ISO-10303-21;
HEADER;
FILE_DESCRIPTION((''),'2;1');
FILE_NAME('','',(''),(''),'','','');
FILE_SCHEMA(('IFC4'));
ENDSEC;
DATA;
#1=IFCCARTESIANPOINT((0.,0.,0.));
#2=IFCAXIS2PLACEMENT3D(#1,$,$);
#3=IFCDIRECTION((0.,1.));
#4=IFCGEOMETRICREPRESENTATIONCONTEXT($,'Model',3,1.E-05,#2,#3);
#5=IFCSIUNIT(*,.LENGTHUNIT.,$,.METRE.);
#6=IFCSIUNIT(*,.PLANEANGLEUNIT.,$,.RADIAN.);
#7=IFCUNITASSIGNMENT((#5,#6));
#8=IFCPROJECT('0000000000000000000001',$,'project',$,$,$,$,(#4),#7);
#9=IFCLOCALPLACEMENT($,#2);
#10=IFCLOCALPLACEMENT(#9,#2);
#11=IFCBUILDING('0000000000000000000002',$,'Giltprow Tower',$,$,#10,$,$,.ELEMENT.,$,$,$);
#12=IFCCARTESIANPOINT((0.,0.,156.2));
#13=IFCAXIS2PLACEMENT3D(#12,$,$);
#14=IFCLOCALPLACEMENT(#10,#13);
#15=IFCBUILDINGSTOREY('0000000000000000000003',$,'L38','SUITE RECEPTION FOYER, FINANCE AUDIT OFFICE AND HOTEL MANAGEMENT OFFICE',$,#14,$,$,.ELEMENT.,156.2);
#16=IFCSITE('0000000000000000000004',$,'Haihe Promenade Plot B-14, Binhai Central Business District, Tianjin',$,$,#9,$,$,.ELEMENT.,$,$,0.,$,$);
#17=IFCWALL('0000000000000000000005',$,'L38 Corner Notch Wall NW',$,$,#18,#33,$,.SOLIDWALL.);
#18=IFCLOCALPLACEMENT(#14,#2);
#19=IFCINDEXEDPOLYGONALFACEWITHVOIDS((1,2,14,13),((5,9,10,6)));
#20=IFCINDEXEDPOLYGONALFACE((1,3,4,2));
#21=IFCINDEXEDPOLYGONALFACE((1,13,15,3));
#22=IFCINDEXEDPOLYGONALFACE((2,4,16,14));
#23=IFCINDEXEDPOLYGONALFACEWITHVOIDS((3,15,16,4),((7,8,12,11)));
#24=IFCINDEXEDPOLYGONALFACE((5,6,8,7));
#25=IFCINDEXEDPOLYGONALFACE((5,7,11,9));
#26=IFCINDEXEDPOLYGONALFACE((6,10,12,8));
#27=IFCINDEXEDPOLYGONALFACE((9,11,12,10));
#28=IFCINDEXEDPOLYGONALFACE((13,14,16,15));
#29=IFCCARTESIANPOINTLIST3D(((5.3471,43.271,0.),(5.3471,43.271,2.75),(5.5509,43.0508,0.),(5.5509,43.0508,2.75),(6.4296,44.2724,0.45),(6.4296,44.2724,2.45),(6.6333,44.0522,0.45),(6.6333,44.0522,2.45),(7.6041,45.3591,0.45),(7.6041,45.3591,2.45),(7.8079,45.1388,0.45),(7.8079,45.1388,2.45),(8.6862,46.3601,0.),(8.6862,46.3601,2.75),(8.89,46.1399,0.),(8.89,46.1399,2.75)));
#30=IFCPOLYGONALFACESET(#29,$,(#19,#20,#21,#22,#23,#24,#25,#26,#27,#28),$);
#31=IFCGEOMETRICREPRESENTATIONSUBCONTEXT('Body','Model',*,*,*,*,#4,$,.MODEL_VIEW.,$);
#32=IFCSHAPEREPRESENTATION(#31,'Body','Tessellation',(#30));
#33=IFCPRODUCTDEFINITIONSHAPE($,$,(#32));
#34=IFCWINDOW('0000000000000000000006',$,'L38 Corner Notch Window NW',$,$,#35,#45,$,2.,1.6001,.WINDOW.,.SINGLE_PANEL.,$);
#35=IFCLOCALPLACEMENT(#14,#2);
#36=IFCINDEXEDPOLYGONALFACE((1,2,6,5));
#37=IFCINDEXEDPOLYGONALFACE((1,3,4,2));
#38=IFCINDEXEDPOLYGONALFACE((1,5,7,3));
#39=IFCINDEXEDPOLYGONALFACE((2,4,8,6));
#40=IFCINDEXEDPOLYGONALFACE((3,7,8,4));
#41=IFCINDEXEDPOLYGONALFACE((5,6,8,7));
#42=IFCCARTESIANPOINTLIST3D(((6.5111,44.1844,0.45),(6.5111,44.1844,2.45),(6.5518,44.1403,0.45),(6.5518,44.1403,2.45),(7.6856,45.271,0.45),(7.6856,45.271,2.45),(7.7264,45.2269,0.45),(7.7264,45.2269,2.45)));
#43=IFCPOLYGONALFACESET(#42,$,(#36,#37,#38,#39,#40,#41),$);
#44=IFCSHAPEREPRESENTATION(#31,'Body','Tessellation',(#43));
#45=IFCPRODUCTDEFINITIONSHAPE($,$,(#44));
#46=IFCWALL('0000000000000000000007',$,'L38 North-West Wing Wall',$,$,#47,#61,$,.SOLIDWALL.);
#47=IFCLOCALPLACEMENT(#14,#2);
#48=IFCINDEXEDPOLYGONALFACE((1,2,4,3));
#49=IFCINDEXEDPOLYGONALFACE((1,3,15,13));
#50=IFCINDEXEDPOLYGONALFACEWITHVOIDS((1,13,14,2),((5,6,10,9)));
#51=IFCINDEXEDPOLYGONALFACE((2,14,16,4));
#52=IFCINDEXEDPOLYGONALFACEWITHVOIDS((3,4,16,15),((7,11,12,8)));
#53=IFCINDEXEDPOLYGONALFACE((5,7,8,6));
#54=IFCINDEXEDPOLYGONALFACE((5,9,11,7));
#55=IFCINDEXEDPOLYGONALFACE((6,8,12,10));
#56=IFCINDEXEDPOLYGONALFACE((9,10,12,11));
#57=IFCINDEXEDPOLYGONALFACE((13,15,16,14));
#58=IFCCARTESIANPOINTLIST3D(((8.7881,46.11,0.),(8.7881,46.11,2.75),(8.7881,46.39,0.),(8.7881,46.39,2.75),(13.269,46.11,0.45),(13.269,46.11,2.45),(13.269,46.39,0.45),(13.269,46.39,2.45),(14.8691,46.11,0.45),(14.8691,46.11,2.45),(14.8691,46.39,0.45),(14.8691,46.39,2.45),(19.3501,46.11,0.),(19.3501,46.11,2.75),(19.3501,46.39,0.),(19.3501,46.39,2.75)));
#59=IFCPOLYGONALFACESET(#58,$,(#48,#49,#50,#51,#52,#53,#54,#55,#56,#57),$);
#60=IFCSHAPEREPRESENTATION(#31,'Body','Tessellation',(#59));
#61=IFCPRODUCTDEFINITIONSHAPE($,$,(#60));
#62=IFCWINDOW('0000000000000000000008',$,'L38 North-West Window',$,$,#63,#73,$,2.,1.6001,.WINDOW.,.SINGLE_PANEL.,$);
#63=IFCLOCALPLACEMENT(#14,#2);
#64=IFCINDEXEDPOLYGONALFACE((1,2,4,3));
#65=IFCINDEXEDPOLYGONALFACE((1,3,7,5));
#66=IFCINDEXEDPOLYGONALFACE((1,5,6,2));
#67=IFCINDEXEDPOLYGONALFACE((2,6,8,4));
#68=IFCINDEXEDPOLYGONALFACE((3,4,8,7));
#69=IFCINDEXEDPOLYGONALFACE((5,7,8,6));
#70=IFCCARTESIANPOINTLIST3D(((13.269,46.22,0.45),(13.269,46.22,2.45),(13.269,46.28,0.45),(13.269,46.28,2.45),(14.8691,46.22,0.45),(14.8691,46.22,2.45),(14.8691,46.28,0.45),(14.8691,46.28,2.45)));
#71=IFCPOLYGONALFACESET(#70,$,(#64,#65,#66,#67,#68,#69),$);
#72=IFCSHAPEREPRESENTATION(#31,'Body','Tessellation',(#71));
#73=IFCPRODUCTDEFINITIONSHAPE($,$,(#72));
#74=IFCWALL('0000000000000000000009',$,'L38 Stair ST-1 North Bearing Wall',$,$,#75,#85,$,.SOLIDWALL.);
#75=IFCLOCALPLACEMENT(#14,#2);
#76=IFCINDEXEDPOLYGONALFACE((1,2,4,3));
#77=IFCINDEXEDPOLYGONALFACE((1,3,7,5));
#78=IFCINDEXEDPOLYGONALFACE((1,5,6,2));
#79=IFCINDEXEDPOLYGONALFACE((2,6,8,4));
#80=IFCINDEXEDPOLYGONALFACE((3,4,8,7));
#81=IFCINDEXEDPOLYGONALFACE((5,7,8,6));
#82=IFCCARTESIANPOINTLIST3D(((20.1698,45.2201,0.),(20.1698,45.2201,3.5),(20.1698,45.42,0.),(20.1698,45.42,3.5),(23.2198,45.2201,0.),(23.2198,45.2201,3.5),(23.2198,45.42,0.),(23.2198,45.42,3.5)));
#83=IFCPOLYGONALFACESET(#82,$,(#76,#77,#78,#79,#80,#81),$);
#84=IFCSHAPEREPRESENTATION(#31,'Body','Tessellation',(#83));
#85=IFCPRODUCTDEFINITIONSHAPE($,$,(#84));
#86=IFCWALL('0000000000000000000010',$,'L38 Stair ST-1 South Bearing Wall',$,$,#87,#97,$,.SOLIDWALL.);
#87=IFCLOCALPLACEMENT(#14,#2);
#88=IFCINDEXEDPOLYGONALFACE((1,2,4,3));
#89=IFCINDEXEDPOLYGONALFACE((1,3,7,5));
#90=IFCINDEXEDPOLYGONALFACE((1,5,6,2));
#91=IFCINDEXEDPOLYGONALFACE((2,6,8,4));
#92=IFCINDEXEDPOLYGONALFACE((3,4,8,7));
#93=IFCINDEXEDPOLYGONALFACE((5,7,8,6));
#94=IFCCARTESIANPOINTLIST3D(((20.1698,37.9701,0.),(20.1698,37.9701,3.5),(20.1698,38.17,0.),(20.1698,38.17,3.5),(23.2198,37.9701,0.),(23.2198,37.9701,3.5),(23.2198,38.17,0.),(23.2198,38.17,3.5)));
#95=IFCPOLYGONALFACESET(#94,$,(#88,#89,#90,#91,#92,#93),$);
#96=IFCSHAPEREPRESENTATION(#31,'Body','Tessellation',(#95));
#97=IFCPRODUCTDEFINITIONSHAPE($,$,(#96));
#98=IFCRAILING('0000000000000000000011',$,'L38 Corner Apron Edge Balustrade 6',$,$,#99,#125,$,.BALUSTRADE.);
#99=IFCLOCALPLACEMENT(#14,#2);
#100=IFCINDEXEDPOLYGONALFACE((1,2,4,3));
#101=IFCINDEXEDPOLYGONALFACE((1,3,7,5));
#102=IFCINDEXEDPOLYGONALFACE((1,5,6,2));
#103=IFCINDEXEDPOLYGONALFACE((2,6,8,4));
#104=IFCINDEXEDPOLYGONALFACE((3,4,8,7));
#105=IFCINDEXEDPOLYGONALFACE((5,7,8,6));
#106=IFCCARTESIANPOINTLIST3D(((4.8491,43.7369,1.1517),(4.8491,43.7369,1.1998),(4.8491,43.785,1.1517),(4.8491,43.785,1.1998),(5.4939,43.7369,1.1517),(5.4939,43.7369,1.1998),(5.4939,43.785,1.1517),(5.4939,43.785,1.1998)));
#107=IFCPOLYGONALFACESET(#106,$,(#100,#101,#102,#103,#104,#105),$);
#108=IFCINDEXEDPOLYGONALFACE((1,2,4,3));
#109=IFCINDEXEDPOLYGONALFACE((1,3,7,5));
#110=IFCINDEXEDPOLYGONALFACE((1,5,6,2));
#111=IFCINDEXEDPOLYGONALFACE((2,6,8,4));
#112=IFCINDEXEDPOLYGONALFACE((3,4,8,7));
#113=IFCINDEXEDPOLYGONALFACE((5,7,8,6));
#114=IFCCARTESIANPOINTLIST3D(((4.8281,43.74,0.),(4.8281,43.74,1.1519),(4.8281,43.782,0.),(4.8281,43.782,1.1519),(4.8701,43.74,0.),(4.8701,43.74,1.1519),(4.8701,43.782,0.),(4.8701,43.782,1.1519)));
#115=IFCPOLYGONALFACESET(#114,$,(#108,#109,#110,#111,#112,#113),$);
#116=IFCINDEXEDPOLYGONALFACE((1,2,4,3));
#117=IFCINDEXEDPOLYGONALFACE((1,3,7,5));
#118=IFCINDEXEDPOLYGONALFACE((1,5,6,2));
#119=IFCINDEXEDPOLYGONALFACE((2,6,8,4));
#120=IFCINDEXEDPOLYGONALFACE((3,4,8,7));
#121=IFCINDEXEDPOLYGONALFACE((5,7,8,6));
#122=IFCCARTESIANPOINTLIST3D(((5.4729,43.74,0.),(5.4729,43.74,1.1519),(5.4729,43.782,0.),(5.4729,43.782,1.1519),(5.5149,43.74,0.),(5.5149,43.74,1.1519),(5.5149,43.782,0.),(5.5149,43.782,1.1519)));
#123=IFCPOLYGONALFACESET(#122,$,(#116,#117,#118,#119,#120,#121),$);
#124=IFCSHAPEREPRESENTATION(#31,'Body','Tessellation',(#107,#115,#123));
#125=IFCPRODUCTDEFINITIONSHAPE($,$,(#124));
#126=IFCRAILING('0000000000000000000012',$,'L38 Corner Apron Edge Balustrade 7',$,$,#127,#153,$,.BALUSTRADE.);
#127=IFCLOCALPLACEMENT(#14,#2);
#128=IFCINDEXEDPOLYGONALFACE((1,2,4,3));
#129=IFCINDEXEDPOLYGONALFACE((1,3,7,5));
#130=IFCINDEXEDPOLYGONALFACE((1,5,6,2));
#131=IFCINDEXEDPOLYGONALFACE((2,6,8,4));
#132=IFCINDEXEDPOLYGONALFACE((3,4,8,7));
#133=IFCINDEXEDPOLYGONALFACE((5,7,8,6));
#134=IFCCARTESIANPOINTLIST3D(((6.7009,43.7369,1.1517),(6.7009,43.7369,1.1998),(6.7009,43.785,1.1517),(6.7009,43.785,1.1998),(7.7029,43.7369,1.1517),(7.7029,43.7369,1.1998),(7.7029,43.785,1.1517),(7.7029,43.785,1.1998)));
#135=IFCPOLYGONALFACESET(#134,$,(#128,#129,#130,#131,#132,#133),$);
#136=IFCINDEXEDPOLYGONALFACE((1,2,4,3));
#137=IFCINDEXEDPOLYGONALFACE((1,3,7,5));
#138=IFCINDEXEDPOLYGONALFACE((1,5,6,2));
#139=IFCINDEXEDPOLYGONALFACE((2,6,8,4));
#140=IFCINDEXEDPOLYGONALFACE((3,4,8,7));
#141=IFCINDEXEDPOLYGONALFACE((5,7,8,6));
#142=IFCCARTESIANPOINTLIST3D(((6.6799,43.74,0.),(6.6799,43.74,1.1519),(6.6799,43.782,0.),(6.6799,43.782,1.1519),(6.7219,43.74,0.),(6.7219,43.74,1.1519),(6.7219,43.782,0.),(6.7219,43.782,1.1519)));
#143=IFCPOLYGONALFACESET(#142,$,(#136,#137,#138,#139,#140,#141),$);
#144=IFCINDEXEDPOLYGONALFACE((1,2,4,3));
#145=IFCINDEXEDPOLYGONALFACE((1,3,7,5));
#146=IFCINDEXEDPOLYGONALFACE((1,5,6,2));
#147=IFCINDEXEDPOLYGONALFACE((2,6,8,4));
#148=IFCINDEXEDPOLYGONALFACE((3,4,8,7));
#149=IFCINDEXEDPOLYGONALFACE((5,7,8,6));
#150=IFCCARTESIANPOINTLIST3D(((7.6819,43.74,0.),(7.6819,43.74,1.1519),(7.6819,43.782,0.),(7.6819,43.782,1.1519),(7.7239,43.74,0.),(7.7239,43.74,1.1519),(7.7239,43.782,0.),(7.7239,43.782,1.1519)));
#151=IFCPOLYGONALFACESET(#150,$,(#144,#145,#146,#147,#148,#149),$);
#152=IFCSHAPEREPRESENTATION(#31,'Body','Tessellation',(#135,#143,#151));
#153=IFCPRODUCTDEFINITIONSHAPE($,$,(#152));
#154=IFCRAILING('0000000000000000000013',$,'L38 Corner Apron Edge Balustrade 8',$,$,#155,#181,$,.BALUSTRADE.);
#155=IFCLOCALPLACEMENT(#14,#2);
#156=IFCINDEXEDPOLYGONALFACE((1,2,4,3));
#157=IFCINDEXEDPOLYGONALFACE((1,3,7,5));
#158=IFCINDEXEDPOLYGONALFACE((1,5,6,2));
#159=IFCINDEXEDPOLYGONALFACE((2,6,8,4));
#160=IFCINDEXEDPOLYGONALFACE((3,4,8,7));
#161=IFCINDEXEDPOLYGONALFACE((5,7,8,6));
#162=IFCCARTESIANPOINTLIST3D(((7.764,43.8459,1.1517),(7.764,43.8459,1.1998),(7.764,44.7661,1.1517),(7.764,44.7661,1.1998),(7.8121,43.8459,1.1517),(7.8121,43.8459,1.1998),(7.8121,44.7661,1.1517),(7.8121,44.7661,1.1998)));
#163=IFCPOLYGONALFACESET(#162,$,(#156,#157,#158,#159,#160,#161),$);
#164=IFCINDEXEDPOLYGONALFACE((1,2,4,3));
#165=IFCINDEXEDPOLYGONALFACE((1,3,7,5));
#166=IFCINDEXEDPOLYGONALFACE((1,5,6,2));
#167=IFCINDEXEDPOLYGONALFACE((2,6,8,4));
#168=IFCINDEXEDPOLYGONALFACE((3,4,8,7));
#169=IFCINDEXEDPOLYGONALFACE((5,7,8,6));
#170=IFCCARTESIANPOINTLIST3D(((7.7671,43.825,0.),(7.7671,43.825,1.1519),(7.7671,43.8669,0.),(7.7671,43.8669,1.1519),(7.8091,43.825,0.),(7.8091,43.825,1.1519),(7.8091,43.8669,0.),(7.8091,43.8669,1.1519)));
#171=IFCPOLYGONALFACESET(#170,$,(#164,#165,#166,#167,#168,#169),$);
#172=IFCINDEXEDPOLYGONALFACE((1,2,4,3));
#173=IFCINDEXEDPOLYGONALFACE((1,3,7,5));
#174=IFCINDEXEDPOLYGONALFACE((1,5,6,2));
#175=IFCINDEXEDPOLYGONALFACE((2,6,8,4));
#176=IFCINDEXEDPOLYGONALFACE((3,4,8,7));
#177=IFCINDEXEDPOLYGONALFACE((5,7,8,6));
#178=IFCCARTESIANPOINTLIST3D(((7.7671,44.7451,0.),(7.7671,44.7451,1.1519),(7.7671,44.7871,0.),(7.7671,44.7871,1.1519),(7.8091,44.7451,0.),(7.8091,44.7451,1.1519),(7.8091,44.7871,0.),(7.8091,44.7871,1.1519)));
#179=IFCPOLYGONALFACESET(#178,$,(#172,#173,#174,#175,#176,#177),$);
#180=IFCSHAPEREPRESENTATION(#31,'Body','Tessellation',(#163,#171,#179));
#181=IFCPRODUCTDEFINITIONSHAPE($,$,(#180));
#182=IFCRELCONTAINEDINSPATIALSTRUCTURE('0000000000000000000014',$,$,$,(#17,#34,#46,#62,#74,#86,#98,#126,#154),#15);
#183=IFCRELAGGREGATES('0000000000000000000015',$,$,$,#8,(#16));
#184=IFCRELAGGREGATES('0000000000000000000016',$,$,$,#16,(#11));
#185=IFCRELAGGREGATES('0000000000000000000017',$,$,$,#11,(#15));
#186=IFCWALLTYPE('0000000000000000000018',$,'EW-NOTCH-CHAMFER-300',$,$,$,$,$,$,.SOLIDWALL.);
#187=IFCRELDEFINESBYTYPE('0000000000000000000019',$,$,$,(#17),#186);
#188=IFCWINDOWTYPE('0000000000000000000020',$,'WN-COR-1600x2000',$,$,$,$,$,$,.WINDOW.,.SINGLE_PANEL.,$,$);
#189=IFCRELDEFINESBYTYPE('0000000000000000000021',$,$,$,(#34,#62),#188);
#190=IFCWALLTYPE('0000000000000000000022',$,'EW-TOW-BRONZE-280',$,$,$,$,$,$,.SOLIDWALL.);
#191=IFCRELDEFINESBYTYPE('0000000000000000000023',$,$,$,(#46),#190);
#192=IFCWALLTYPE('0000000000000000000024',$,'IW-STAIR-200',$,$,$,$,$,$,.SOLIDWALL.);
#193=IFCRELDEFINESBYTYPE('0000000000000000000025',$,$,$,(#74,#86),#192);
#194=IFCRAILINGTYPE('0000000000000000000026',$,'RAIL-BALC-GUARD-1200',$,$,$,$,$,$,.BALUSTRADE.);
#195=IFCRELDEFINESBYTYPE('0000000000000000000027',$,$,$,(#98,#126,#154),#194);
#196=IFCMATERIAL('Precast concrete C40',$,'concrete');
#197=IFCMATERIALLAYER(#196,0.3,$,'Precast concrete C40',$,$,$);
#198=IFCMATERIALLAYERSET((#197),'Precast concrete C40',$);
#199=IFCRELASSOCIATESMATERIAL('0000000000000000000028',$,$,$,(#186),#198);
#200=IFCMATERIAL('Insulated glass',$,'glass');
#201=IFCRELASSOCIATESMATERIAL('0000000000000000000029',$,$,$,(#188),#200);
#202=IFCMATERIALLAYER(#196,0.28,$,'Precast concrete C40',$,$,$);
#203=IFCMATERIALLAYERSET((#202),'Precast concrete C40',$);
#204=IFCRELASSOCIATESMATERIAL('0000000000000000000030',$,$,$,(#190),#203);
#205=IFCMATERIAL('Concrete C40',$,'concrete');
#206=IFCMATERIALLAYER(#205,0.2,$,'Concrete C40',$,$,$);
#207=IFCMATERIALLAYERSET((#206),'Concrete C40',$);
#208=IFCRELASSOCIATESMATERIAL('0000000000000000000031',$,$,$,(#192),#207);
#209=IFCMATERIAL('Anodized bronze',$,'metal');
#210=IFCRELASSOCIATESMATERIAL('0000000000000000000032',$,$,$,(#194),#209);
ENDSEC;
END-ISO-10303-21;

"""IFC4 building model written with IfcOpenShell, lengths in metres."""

from ifc_helpers import new_model, si_unit, direction, frame, frame_2d, origin, origin_2d, place, context, subcontext, project, spatial, rectangle, extrude, source, transform, mapped, material, layer, layer_set, type_object, element, fill, save


model = new_model("IFC4")

# Units and contexts
model_context = context("Model", 3, precision=1e-05, world=origin(), true_north=direction((0.0, 1.0)))
body_context = subcontext(model_context, "Body", "Model", "MODEL_VIEW")
ifc_project = project(units=[si_unit("LENGTHUNIT", "METRE"), si_unit("PLANEANGLEUNIT", "RADIAN")], contexts=[model_context])

# Site, building, storey
site_placement = place(None, origin())
site = spatial("IfcSite", under=ifc_project, at=site_placement, Name="Haihe Promenade Plot B-14, Binhai Central Business District, Tianjin", CompositionType="ELEMENT", RefElevation=0.0)
building_placement = place(site_placement, origin())
building = spatial("IfcBuilding", under=site, at=building_placement, Name="Giltprow Tower", CompositionType="ELEMENT")
storey_placement = place(building_placement, frame((0.0, 0.0, 156.2)))
storey = spatial("IfcBuildingStorey", under=building, at=storey_placement, Name="L38", Description="SUITE RECEPTION FOYER, FINANCE AUDIT OFFICE AND HOTEL MANAGEMENT OFFICE", CompositionType="ELEMENT", Elevation=156.2)

# Walls, openings, windows
ifc_material_1 = material(Name="Precast concrete C40", Category="concrete")
ifc_layer_1 = layer(ifc_material_1, 0.3, Name="Precast concrete C40")
ifc_layer_set_1 = layer_set([ifc_layer_1], Name="Precast concrete C40")
wall_type_1 = type_object("IfcWallType", Name="EW-NOTCH-CHAMFER-300", PredefinedType="SOLIDWALL", material=ifc_layer_set_1)
wall_1_placement = place(storey_placement, frame((8.7881, 46.25, 0.0), z_axis=(0.0, 0.0, 1.0), x_axis=(-0.734052, -0.679093, 0.0)))
wall_1 = element("IfcWall", 1, at=wall_1_placement, inside=storey, type_object=wall_type_1, Name="L38 Corner Notch Wall NW", PredefinedType="SOLIDWALL", context=body_context, shape_type="SweptSolid", body=[
    extrude(rectangle(XDim=4.5488, YDim=0.3, at=frame_2d((2.2744, 0.0))), origin(), (0.0, 0.0, 1.0), 2.75),
])
opening_1_placement = place(wall_1_placement, frame((1.4741, 0.0, 0.45)))
opening_1 = element("IfcOpeningElement", 2, at=opening_1_placement, cuts=wall_1, PredefinedType="OPENING", context=body_context, shape_type="SweptSolid", body=[
    extrude(rectangle(XDim=1.6001, YDim=2.0, at=frame_2d((0.8, 1.0))), frame((0.0, 0.1599, 0.0), z_axis=(0.0, -1.0, 0.0), x_axis=(1.0, 0.0, 0.0)), (0.0, 0.0, 1.0), 0.3201),
])
ifc_material_2 = material(Name="Insulated glass", Category="glass")
window_type = type_object("IfcWindowType", Name="WN-COR-1600x2000", PartitioningType="SINGLE_PANEL", PredefinedType="WINDOW", material=ifc_material_2)
shared_shape_1 = source(origin(), body_context, "Body", "SweptSolid", [
    extrude(rectangle(XDim=1.6001, YDim=2.0, at=frame_2d((0.8, 1.0))), frame((0.0, 0.03, 0.0), z_axis=(0.0, -1.0, 0.0), x_axis=(1.0, 0.0, 0.0)), (0.0, 0.0, 1.0), 0.0601),
])
window_1_placement = place(opening_1_placement, origin())
window_1 = element("IfcWindow", 3, at=window_1_placement, inside=storey, type_object=window_type, Name="L38 Corner Notch Window NW", OverallHeight=2.0, OverallWidth=1.6001, PartitioningType="SINGLE_PANEL", PredefinedType="WINDOW", context=body_context, shape_type="MappedRepresentation", body=[
    mapped(shared_shape_1, transform((0.0, 0.0, 0.0), x_axis=(1.0, 0.0, 0.0), y_axis=(0.0, 1.0, 0.0), z_axis=(0.0, 0.0, 1.0), scale=1.0)),
])
fill(opening_1, window_1)
ifc_layer_2 = layer(ifc_material_1, 0.28, Name="Precast concrete C40")
ifc_layer_set_2 = layer_set([ifc_layer_2], Name="Precast concrete C40")
wall_type_2 = type_object("IfcWallType", Name="EW-TOW-BRONZE-280", PredefinedType="SOLIDWALL", material=ifc_layer_set_2)
wall_2_placement = place(storey_placement, frame((8.7881, 46.25, 0.0), z_axis=(0.0, 0.0, 1.0), x_axis=(1.0, 0.0, 0.0)))
wall_2 = element("IfcWall", 4, at=wall_2_placement, inside=storey, type_object=wall_type_2, Name="L38 North-West Wing Wall", PredefinedType="SOLIDWALL", context=body_context, shape_type="SweptSolid", body=[
    extrude(rectangle(XDim=10.562, YDim=0.28, at=frame_2d((5.281, 0.0))), origin(), (0.0, 0.0, 1.0), 2.75),
])
opening_2_placement = place(wall_2_placement, frame((4.481, 0.0, 0.45)))
opening_2 = element("IfcOpeningElement", 5, at=opening_2_placement, cuts=wall_2, PredefinedType="OPENING", context=body_context, shape_type="SweptSolid", body=[
    extrude(rectangle(XDim=1.6001, YDim=2.0, at=frame_2d((0.8, 1.0))), frame((0.0, 0.1499, 0.0), z_axis=(0.0, -1.0, 0.0), x_axis=(1.0, 0.0, 0.0)), (0.0, 0.0, 1.0), 0.3),
])
window_2_placement = place(opening_2_placement, origin())
window_2 = element("IfcWindow", 6, at=window_2_placement, inside=storey, type_object=window_type, Name="L38 North-West Window", OverallHeight=2.0, OverallWidth=1.6001, PartitioningType="SINGLE_PANEL", PredefinedType="WINDOW", context=body_context, shape_type="MappedRepresentation", body=[
    mapped(shared_shape_1, transform((0.0, 0.0, 0.0), x_axis=(1.0, 0.0, 0.0), y_axis=(0.0, 1.0, 0.0), z_axis=(0.0, 0.0, 1.0), scale=1.0)),
])
fill(opening_2, window_2)

# Walls
ifc_material_3 = material(Name="Concrete C40", Category="concrete")
ifc_layer_3 = layer(ifc_material_3, 0.2, Name="Concrete C40")
ifc_layer_set_3 = layer_set([ifc_layer_3], Name="Concrete C40")
wall_type_3 = type_object("IfcWallType", Name="IW-STAIR-200", PredefinedType="SOLIDWALL", material=ifc_layer_set_3)
for number, where, z_axis, x_axis, name in (
    (7, (20.1699, 45.3201, 0.0), (0.0, 0.0, 1.0), (1.0, 0.0, 0.0), "L38 Stair ST-1 North Bearing Wall"),
    (8, (20.1699, 38.0701, 0.0), (0.0, 0.0, 1.0), (1.0, 0.0, 0.0), "L38 Stair ST-1 South Bearing Wall"),
):
    element("IfcWall", number, at=place(storey_placement, frame(where, z_axis=z_axis, x_axis=x_axis)), inside=storey, type_object=wall_type_3, Name=name, PredefinedType="SOLIDWALL", context=body_context, shape_type="SweptSolid", body=[
        extrude(rectangle(XDim=3.05, YDim=0.2, at=frame_2d((1.5249, 0.0))), origin(), (0.0, 0.0, 1.0), 3.5),
    ])

# Railings
ifc_material_4 = material(Name="Anodized bronze", Category="metal")
railing_type = type_object("IfcRailingType", Name="RAIL-BALC-GUARD-1200", PredefinedType="BALUSTRADE", material=ifc_material_4)
railing_1_placement = place(storey_placement, frame((4.8491, 43.761, 0.0)))
element("IfcRailing", 9, at=railing_1_placement, inside=storey, type_object=railing_type, Name="L38 Corner Apron Edge Balustrade 6", PredefinedType="BALUSTRADE", context=body_context, shape_type="SweptSolid", body=[
    extrude(rectangle(XDim=0.0481, YDim=0.0481, at=origin_2d()), frame((0.0, 0.0, 1.1758), z_axis=(1.0, 0.0, 0.0), x_axis=(0.0, 1.0, 0.0)), (0.0, 0.0, 1.0), 0.6448),
    extrude(rectangle(XDim=0.042, YDim=0.042, at=origin_2d()), origin(), (0.0, 0.0, 1.0), 1.1519),
    extrude(rectangle(XDim=0.042, YDim=0.042, at=origin_2d()), frame((0.6448, 0.0, 0.0)), (0.0, 0.0, 1.0), 1.1519),
])
railing_2_placement = place(storey_placement, frame((6.7009, 43.761, 0.0)))
element("IfcRailing", 10, at=railing_2_placement, inside=storey, type_object=railing_type, Name="L38 Corner Apron Edge Balustrade 7", PredefinedType="BALUSTRADE", context=body_context, shape_type="SweptSolid", body=[
    extrude(rectangle(XDim=0.0481, YDim=0.0481, at=origin_2d()), frame((0.0, 0.0, 1.1758), z_axis=(1.0, 0.0, 0.0), x_axis=(0.0, 1.0, 0.0)), (0.0, 0.0, 1.0), 1.002),
    extrude(rectangle(XDim=0.042, YDim=0.042, at=origin_2d()), origin(), (0.0, 0.0, 1.0), 1.1519),
    extrude(rectangle(XDim=0.042, YDim=0.042, at=origin_2d()), frame((1.002, 0.0, 0.0)), (0.0, 0.0, 1.0), 1.1519),
])
railing_3_placement = place(storey_placement, frame((7.7881, 43.8459, 0.0)))
element("IfcRailing", 11, at=railing_3_placement, inside=storey, type_object=railing_type, Name="L38 Corner Apron Edge Balustrade 8", PredefinedType="BALUSTRADE", context=body_context, shape_type="SweptSolid", body=[
    extrude(rectangle(XDim=0.0481, YDim=0.0481, at=origin_2d()), frame((0.0, 0.0, 1.1758), z_axis=(0.0, 1.0, 0.0), x_axis=(-1.0, 0.0, 0.0)), (0.0, 0.0, 1.0), 0.9202),
    extrude(rectangle(XDim=0.042, YDim=0.042, at=origin_2d()), origin(), (0.0, 0.0, 1.0), 1.1519),
    extrude(rectangle(XDim=0.042, YDim=0.042, at=origin_2d()), frame((0.0, 0.9202, 0.0)), (0.0, 0.0, 1.0), 1.1519),
])

save(model, "model.ifc")
